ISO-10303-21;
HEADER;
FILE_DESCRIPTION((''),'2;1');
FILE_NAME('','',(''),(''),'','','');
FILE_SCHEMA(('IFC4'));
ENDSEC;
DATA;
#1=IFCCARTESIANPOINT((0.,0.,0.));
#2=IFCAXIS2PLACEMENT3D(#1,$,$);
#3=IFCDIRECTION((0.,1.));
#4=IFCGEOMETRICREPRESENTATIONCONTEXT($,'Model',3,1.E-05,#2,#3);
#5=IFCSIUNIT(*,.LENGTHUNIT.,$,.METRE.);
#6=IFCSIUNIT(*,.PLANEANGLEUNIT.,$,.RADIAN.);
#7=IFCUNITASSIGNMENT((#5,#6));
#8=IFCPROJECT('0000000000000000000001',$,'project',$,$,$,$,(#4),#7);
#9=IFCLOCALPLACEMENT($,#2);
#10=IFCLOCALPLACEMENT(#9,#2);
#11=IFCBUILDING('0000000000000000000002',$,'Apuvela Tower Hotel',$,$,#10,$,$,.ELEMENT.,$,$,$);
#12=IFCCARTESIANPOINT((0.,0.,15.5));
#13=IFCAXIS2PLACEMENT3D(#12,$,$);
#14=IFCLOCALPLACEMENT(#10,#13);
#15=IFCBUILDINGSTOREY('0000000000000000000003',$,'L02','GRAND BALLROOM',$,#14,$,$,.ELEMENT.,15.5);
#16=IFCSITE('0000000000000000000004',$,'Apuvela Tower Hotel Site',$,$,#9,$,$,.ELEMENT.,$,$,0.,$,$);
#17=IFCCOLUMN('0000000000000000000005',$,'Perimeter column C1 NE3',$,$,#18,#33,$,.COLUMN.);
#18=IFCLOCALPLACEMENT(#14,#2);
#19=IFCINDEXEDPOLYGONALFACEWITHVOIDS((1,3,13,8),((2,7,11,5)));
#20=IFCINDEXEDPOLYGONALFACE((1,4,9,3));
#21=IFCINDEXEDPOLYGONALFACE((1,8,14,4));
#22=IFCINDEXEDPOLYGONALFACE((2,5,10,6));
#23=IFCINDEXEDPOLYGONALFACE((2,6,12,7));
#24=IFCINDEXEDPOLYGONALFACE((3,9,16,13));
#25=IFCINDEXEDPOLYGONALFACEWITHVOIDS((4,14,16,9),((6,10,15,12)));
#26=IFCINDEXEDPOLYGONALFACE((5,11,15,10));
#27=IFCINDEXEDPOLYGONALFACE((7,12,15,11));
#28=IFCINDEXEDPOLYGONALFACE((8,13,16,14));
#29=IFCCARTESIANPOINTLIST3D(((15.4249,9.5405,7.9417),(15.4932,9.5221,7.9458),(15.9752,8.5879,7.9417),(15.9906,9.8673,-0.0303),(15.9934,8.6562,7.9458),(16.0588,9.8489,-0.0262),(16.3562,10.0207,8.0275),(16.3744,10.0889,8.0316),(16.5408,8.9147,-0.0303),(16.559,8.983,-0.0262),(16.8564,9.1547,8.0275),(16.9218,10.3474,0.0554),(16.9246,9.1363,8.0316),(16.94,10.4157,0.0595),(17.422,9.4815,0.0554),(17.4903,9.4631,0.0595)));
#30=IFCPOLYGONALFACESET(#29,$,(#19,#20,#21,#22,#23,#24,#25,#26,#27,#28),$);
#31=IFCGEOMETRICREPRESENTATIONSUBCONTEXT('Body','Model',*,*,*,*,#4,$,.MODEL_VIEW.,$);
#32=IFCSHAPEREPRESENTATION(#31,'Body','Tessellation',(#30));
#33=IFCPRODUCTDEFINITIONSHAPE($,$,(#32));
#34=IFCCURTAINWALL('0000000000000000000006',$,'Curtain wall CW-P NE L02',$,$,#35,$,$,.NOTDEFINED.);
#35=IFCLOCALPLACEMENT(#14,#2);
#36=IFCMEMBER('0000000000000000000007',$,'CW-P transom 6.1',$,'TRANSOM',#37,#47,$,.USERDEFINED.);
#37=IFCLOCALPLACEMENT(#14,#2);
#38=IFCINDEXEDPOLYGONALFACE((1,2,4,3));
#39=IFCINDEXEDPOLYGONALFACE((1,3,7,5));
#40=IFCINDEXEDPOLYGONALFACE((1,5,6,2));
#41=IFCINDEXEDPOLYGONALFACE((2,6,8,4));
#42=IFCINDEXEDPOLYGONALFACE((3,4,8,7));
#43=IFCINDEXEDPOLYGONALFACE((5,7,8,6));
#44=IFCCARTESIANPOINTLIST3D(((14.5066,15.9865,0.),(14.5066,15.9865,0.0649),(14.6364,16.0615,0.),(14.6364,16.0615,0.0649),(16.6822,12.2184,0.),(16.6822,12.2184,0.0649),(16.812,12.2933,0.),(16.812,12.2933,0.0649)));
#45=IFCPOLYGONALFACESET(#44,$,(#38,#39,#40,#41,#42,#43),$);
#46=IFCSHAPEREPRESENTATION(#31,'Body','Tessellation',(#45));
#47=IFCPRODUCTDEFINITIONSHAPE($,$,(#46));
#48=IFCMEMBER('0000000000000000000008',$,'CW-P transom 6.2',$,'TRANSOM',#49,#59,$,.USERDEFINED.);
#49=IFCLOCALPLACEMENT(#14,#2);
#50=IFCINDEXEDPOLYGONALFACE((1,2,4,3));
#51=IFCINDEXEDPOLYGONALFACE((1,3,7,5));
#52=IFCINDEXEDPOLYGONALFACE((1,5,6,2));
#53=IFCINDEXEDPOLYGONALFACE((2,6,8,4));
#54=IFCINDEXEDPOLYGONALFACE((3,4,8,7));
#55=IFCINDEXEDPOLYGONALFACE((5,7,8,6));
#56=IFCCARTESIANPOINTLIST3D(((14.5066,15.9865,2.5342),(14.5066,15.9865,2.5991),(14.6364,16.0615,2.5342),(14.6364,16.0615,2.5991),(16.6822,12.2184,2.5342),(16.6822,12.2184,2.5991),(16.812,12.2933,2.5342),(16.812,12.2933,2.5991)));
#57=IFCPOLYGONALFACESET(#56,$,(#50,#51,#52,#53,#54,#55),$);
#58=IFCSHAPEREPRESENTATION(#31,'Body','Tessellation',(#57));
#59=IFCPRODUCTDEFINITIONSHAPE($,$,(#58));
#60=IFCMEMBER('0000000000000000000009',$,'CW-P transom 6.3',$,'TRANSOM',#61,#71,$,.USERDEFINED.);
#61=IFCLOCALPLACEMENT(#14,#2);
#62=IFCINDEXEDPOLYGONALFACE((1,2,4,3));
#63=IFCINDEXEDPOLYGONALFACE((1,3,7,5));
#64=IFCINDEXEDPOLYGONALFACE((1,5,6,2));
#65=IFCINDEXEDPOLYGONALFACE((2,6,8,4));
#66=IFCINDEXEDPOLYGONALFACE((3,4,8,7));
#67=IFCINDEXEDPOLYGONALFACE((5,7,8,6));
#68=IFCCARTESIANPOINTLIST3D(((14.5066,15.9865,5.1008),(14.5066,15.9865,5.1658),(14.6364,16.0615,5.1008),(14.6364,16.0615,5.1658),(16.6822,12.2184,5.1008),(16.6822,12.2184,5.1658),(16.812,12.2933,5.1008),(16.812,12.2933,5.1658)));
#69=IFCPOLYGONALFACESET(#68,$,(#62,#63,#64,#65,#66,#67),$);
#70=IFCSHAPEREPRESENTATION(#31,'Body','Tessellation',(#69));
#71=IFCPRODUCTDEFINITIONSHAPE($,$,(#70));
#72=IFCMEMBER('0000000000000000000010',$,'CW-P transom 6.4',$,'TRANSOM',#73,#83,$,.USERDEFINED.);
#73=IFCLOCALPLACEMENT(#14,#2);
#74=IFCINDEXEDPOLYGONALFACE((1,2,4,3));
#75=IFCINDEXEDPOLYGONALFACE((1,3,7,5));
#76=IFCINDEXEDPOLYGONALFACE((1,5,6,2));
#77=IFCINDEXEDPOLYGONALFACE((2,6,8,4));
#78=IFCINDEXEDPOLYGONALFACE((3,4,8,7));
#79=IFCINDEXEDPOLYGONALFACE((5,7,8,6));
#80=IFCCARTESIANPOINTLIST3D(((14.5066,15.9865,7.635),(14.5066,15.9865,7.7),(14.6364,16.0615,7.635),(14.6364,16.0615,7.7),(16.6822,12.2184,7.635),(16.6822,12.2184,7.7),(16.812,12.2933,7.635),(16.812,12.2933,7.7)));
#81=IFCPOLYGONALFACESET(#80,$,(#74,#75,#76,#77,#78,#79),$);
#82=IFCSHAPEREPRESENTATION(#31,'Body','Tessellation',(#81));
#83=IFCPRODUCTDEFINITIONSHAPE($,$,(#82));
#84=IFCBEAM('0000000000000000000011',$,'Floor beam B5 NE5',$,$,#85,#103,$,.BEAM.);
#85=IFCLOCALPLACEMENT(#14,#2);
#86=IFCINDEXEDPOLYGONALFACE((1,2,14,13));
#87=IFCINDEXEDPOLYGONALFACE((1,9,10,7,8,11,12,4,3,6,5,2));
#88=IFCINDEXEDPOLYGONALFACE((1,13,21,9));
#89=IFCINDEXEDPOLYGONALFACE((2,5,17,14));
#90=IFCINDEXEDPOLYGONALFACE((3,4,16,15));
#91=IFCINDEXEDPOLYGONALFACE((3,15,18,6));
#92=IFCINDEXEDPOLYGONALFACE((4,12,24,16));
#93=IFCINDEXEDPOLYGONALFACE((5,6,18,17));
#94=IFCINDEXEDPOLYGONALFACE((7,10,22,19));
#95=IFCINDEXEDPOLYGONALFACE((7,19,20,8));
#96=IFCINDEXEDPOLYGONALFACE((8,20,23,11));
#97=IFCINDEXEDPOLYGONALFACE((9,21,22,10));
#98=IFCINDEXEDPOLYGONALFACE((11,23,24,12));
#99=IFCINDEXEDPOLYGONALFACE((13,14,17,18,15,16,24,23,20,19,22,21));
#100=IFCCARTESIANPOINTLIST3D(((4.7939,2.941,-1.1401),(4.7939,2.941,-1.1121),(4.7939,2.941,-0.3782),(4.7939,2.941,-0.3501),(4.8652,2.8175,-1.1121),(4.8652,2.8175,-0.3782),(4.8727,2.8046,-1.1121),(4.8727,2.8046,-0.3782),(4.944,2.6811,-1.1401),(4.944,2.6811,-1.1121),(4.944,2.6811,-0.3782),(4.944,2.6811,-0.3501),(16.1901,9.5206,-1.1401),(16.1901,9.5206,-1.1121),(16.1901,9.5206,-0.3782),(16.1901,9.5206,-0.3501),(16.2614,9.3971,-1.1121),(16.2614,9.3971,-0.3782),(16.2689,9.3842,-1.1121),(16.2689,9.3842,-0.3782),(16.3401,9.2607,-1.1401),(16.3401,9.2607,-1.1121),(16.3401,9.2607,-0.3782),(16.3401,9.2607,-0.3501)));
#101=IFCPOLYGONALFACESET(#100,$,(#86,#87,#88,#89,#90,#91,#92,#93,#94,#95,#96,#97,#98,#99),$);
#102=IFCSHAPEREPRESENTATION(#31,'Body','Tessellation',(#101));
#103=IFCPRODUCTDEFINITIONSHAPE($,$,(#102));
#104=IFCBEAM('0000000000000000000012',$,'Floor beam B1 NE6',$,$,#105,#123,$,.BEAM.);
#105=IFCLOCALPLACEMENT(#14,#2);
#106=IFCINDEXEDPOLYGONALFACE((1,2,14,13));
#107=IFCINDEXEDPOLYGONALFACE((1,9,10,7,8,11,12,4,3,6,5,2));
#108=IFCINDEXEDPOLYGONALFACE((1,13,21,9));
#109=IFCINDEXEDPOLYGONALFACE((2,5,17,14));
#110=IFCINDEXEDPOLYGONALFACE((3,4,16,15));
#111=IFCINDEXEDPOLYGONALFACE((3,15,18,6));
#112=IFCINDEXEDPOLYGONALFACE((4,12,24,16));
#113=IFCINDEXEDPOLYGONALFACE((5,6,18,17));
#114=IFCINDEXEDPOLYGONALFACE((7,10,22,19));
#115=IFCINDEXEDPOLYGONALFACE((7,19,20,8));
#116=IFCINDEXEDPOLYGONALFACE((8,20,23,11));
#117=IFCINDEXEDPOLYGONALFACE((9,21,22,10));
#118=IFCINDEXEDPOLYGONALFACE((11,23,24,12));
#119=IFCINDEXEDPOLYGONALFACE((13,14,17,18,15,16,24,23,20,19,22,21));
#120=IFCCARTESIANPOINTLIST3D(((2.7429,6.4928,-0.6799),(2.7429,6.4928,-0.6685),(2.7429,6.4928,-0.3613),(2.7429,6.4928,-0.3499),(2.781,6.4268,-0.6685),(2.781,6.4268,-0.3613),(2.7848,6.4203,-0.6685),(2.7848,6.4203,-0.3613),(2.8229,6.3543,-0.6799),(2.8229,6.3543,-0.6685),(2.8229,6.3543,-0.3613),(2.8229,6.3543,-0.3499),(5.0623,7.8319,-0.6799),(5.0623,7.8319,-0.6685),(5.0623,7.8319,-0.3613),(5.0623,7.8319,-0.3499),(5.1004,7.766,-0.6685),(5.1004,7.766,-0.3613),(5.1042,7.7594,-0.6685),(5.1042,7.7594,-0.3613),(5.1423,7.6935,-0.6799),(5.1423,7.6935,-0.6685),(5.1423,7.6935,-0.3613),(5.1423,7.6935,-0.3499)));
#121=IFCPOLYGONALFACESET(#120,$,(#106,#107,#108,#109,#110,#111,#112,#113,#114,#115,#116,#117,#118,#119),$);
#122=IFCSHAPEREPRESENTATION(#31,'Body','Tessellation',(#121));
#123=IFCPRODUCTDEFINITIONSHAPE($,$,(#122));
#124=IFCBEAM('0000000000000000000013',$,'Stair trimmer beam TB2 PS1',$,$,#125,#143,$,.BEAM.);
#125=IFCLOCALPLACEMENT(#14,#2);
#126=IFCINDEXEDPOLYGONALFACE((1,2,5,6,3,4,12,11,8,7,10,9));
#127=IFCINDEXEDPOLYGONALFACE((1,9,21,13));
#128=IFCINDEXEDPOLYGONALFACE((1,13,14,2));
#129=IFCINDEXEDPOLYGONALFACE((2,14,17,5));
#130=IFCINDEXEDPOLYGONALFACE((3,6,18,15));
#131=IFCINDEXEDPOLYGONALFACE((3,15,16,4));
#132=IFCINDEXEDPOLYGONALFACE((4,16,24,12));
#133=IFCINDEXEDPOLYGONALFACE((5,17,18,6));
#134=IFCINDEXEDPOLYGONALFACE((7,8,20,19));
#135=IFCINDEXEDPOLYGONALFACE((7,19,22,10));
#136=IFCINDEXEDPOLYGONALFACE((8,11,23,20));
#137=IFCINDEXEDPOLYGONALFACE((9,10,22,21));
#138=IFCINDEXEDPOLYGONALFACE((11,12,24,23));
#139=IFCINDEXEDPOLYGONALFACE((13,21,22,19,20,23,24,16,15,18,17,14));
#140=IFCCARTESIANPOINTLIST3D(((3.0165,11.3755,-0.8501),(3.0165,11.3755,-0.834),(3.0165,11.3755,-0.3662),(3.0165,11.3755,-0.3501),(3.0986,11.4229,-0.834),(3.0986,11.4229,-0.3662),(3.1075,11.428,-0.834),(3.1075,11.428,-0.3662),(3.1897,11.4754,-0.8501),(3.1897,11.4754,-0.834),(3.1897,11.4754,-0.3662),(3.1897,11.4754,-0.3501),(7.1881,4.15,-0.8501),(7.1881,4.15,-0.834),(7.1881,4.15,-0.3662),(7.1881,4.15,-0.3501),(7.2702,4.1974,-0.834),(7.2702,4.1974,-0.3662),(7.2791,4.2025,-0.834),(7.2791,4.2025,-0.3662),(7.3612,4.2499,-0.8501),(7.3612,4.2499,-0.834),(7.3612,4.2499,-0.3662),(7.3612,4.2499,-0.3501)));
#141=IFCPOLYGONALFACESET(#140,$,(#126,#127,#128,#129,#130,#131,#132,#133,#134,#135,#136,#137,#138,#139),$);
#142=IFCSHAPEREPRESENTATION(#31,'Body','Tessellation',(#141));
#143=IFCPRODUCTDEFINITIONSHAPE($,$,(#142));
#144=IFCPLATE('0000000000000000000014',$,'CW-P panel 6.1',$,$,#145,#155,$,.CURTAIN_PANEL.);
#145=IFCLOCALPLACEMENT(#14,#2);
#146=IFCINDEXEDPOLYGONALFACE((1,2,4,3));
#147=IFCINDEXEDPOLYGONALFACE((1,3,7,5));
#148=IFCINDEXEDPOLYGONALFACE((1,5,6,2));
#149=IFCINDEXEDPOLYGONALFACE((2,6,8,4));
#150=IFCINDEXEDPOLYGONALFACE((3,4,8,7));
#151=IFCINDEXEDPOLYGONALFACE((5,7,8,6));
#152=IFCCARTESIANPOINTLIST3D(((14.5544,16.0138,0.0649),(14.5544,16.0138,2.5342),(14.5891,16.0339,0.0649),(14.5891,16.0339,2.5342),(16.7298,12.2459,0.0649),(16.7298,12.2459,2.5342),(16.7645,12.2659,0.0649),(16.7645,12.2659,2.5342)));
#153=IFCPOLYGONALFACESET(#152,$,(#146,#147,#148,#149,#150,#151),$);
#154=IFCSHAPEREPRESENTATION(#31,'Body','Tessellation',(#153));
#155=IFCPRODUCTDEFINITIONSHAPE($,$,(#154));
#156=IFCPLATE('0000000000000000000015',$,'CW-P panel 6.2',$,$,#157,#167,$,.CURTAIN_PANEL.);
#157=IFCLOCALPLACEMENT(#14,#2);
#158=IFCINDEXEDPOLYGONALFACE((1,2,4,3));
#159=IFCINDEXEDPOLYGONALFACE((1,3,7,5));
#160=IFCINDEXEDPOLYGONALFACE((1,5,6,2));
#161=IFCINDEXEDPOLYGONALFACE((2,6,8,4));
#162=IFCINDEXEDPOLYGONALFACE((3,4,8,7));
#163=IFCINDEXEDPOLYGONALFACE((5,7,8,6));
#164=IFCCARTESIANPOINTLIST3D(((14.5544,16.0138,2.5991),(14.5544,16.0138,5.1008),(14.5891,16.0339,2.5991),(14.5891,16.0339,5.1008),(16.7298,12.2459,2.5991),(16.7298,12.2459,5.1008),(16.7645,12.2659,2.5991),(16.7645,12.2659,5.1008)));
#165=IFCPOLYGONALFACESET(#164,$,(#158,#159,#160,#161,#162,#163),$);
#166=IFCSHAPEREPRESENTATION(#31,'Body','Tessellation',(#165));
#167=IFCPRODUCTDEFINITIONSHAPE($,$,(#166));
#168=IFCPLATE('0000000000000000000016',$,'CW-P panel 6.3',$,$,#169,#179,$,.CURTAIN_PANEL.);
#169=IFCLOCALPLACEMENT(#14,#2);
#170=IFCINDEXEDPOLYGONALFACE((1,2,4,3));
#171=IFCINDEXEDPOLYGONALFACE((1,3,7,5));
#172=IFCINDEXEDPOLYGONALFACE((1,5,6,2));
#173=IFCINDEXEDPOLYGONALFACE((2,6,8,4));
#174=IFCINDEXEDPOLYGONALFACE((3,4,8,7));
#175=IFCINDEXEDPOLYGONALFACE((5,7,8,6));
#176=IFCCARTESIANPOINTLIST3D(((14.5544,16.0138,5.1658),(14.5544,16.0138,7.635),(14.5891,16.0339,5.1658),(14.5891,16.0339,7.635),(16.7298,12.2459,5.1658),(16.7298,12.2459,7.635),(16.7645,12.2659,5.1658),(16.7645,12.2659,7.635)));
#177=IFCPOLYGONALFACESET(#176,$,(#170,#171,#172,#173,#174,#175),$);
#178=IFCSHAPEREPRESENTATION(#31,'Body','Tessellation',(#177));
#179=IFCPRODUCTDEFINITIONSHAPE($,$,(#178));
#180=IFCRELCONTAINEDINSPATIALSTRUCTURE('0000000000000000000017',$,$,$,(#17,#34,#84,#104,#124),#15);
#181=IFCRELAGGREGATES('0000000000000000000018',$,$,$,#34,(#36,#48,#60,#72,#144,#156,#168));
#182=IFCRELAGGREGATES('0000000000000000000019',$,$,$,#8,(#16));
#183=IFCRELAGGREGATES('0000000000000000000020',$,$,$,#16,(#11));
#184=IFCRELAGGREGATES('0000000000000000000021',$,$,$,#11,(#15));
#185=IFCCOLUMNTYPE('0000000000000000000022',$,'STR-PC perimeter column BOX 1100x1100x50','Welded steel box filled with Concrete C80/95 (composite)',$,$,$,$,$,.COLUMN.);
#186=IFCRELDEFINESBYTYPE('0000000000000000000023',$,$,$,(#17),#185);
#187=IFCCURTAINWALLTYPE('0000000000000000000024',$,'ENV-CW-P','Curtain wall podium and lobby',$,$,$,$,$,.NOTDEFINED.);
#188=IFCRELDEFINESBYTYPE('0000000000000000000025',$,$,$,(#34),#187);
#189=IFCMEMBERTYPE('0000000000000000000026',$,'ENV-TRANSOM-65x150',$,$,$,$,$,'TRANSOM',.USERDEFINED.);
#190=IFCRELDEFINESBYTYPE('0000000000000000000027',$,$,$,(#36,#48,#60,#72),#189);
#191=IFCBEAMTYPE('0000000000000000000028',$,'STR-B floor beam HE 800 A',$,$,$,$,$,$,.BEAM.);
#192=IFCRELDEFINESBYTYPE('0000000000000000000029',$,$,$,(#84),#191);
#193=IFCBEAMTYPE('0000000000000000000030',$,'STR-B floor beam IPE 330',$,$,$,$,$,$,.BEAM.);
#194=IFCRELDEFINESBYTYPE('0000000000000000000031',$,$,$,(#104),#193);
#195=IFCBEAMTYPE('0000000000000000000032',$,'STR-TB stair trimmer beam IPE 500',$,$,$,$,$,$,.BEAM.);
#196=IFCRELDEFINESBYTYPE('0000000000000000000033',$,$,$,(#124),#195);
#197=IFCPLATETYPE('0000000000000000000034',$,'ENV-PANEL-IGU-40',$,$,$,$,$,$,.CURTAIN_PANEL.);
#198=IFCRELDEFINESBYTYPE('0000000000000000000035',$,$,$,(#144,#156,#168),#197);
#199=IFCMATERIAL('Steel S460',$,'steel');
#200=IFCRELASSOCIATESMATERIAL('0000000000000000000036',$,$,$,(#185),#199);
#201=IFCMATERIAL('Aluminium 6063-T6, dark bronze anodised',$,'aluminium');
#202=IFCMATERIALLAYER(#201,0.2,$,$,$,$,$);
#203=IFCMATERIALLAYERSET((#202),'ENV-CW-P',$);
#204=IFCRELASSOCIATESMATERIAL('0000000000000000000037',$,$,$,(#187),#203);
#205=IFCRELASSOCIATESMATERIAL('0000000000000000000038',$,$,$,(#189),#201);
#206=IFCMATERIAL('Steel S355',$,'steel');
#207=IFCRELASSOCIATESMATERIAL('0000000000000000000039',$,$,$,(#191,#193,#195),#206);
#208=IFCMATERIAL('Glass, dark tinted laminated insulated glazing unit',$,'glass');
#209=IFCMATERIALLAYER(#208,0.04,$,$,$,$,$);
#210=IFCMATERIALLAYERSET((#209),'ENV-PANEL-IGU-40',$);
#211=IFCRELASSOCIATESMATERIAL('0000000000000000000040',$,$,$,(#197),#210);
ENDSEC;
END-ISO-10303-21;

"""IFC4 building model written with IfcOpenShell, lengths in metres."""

from ifc_helpers import new_model, si_unit, direction, frame, origin, origin_2d, place, context, subcontext, project, spatial, rectangle, hollow_rectangle, i_section, extrude, boolean, halfspace, material, layer, layer_set, material_profile, profile_set, type_object, element, aggregate, save


model = new_model("IFC4")

# Units and contexts
model_context = context("Model", 3, precision=1e-05, world=origin(), true_north=direction((0.0, 1.0)))
body_context = subcontext(model_context, "Body", "Model", "MODEL_VIEW")
ifc_project = project(units=[si_unit("LENGTHUNIT", "METRE"), si_unit("PLANEANGLEUNIT", "RADIAN")], contexts=[model_context])

# Site, building, storey
site_placement = place(None, origin())
site = spatial("IfcSite", under=ifc_project, at=site_placement, Name="Apuvela Tower Hotel Site", CompositionType="ELEMENT", RefElevation=0.0)
building_placement = place(site_placement, origin())
building = spatial("IfcBuilding", under=site, at=building_placement, Name="Apuvela Tower Hotel", CompositionType="ELEMENT")
storey_placement = place(building_placement, frame((0.0, 0.0, 15.5)))
storey = spatial("IfcBuildingStorey", under=building, at=storey_placement, Name="L02", Description="GRAND BALLROOM", CompositionType="ELEMENT", Elevation=15.5)

# Column
ifc_material_1 = material(Name="Steel S460", Category="steel")
ifc_material_profile_1 = material_profile(ifc_material_1, hollow_rectangle(XDim=1.1001, YDim=1.1001, WallThickness=0.05, at=origin_2d()), Name="BOX 1100x1100x50")
ifc_material_2 = material(Name="Concrete C80/95", Category="concrete")
ifc_material_profile_2 = material_profile(ifc_material_2, rectangle(XDim=1.0, YDim=1.0, at=origin_2d()), Name="Concrete C80/95 infill")
ifc_profile_set_1 = profile_set([ifc_material_profile_1, ifc_material_profile_2], Name="Steel S460")
column_type = type_object("IfcColumnType", Name="STR-PC perimeter column BOX 1100x1100x50", Description="Welded steel box filled with Concrete C80/95 (composite)", PredefinedType="COLUMN", material=ifc_profile_set_1)
column_placement = place(storey_placement, frame((16.7415, 9.6658, 0.0), z_axis=(-0.070716, -0.040848, 0.99666), x_axis=(0.500185, -0.865919, 0.0)))
element("IfcColumn", 1, at=column_placement, inside=storey, type_object=column_type, Name="Perimeter column C1 NE3", PredefinedType="COLUMN", context=body_context, shape_type="SweptSolid", body=[
    boolean("DIFFERENCE", boolean("DIFFERENCE", extrude(hollow_rectangle(XDim=1.1001, YDim=1.1001, WallThickness=0.05, at=origin_2d()), origin(), (0.0, 0.0, 1.0), 8.0269), halfspace(frame((0.0, 0.0, 0.0146), z_axis=(0.0, 0.0, 1.0), x_axis=(1.0, 0.0, 0.0)), True)), halfspace(frame((0.0, 0.0, 8.0134), z_axis=(0.0, 0.0, 1.0), x_axis=(1.0, 0.0, 0.0)), False)),
])

# Curtain wall, members
ifc_material_3 = material(Name="Aluminium 6063-T6, dark bronze anodised", Category="aluminium")
ifc_layer_1 = layer(ifc_material_3, 0.2)
ifc_layer_set_1 = layer_set([ifc_layer_1], Name="ENV-CW-P")
curtain_wall_type = type_object("IfcCurtainWallType", Name="ENV-CW-P", Description="Curtain wall podium and lobby", PredefinedType="NOTDEFINED", material=ifc_layer_set_1)
curtain_wall_placement = place(storey_placement, origin())
curtain_wall = element("IfcCurtainWall", 2, at=curtain_wall_placement, inside=storey, type_object=curtain_wall_type, Name="Curtain wall CW-P NE L02", PredefinedType="NOTDEFINED")
ifc_material_profile_3 = material_profile(ifc_material_3, rectangle(XDim=0.1499, YDim=0.0649, at=origin_2d()), Name="AL 65x150 transom")
ifc_profile_set_2 = profile_set([ifc_material_profile_3], Name="Aluminium 6063-T6, dark bronze anodised")
member_type = type_object("IfcMemberType", Name="ENV-TRANSOM-65x150", ElementType="TRANSOM", PredefinedType="USERDEFINED", material=ifc_profile_set_2)
member_1_placement = place(storey_placement, frame((16.7471, 12.2559, 0.0325), z_axis=(-0.500007, 0.866021, 0.0), x_axis=(-0.866021, -0.500007, 0.0)))
member_1 = element("IfcMember", 3, at=member_1_placement, type_object=member_type, Name="CW-P transom 6.1", ObjectType="TRANSOM", PredefinedType="USERDEFINED", context=body_context, shape_type="SweptSolid", body=[
    extrude(rectangle(XDim=0.1499, YDim=0.0649, at=origin_2d()), origin(), (0.0, 0.0, 1.0), 4.3511),
])
member_2_placement = place(storey_placement, frame((16.7471, 12.2559, 2.5667), z_axis=(-0.500007, 0.866021, 0.0), x_axis=(-0.866021, -0.500007, 0.0)))
member_2 = element("IfcMember", 4, at=member_2_placement, type_object=member_type, Name="CW-P transom 6.2", ObjectType="TRANSOM", PredefinedType="USERDEFINED", context=body_context, shape_type="SweptSolid", body=[
    extrude(rectangle(XDim=0.1499, YDim=0.0649, at=origin_2d()), origin(), (0.0, 0.0, 1.0), 4.3511),
])
member_3_placement = place(storey_placement, frame((16.7471, 12.2559, 5.1333), z_axis=(-0.500007, 0.866021, 0.0), x_axis=(-0.866021, -0.500007, 0.0)))
member_3 = element("IfcMember", 5, at=member_3_placement, type_object=member_type, Name="CW-P transom 6.3", ObjectType="TRANSOM", PredefinedType="USERDEFINED", context=body_context, shape_type="SweptSolid", body=[
    extrude(rectangle(XDim=0.1499, YDim=0.0649, at=origin_2d()), origin(), (0.0, 0.0, 1.0), 4.3511),
])
member_4_placement = place(storey_placement, frame((16.7471, 12.2559, 7.6675), z_axis=(-0.500007, 0.866021, 0.0), x_axis=(-0.866021, -0.500007, 0.0)))
member_4 = element("IfcMember", 6, at=member_4_placement, type_object=member_type, Name="CW-P transom 6.4", ObjectType="TRANSOM", PredefinedType="USERDEFINED", context=body_context, shape_type="SweptSolid", body=[
    extrude(rectangle(XDim=0.1499, YDim=0.0649, at=origin_2d()), origin(), (0.0, 0.0, 1.0), 4.3511),
])

# Beams
ifc_material_4 = material(Name="Steel S355", Category="steel")
ifc_material_profile_4 = material_profile(ifc_material_4, i_section(OverallWidth=0.3, OverallDepth=0.79, WebThickness=0.0149, FlangeThickness=0.0281, at=origin_2d()), Name="HE 800 A")
ifc_profile_set_3 = profile_set([ifc_material_profile_4], Name="Steel S355")
beam_type_1 = type_object("IfcBeamType", Name="STR-B floor beam HE 800 A", PredefinedType="BEAM", material=ifc_profile_set_3)
beam_1_placement = place(storey_placement, frame((16.2651, 9.3906, -0.7451), z_axis=(-0.866026, -0.499998, 0.0), x_axis=(0.499998, -0.866026, 0.0)))
element("IfcBeam", 7, at=beam_1_placement, inside=storey, type_object=beam_type_1, Name="Floor beam B5 NE5", PredefinedType="BEAM", context=body_context, shape_type="SweptSolid", body=[
    extrude(i_section(OverallWidth=0.3, OverallDepth=0.79, WebThickness=0.0149, FlangeThickness=0.0281, at=origin_2d()), origin(), (0.0, 0.0, 1.0), 13.1592),
])
ifc_material_profile_5 = material_profile(ifc_material_4, i_section(OverallWidth=0.1599, OverallDepth=0.3301, WebThickness=0.0076, FlangeThickness=0.0115, at=origin_2d()), Name="IPE 330")
ifc_profile_set_4 = profile_set([ifc_material_profile_5], Name="Steel S355")
beam_type_2 = type_object("IfcBeamType", Name="STR-B floor beam IPE 330", PredefinedType="BEAM", material=ifc_profile_set_4)
beam_2_placement = place(storey_placement, frame((5.1023, 7.7627, -0.5149), z_axis=(-0.866019, -0.500012, 0.0), x_axis=(0.500012, -0.866019, 0.0)))
element("IfcBeam", 8, at=beam_2_placement, inside=storey, type_object=beam_type_2, Name="Floor beam B1 NE6", PredefinedType="BEAM", context=body_context, shape_type="SweptSolid", body=[
    extrude(i_section(OverallWidth=0.1599, OverallDepth=0.3301, WebThickness=0.0076, FlangeThickness=0.0115, at=origin_2d()), origin(), (0.0, 0.0, 1.0), 2.6782),
])
ifc_material_profile_6 = material_profile(ifc_material_4, i_section(OverallWidth=0.2, OverallDepth=0.5, WebThickness=0.0103, FlangeThickness=0.0161, at=origin_2d()), Name="IPE 500")
ifc_profile_set_5 = profile_set([ifc_material_profile_6], Name="Steel S355")
beam_type_3 = type_object("IfcBeamType", Name="STR-TB stair trimmer beam IPE 500", PredefinedType="BEAM", material=ifc_profile_set_5)
beam_3_placement = place(storey_placement, frame((7.2747, 4.2, -0.6001), z_axis=(-0.499994, 0.866029, 0.0), x_axis=(-0.866029, -0.499994, 0.0)))
element("IfcBeam", 9, at=beam_3_placement, inside=storey, type_object=beam_type_3, Name="Stair trimmer beam TB2 PS1", PredefinedType="BEAM", context=body_context, shape_type="SweptSolid", body=[
    extrude(i_section(OverallWidth=0.2, OverallDepth=0.5, WebThickness=0.0103, FlangeThickness=0.0161, at=origin_2d()), origin(), (0.0, 0.0, 1.0), 8.3433),
])

# Plates
ifc_material_5 = material(Name="Glass, dark tinted laminated insulated glazing unit", Category="glass")
ifc_layer_2 = layer(ifc_material_5, 0.04)
ifc_layer_set_2 = layer_set([ifc_layer_2], Name="ENV-PANEL-IGU-40")
plate_type = type_object("IfcPlateType", Name="ENV-PANEL-IGU-40", PredefinedType="CURTAIN_PANEL", material=ifc_layer_set_2)
plate_1_placement = place(storey_placement, frame((15.6594, 14.1399, 0.0649), z_axis=(0.0, 0.0, 1.0), x_axis=(-0.500001, 0.866025, 0.0)))
plate_1 = element("IfcPlate", 10, at=plate_1_placement, type_object=plate_type, Name="CW-P panel 6.1", PredefinedType="CURTAIN_PANEL", context=body_context, shape_type="SweptSolid", body=[
    extrude(rectangle(XDim=4.3508, YDim=0.04, at=origin_2d()), origin(), (0.0, 0.0, 1.0), 2.4692),
])
plate_2_placement = place(storey_placement, frame((15.6594, 14.1399, 2.5991), z_axis=(0.0, 0.0, 1.0), x_axis=(-0.500001, 0.866025, 0.0)))
plate_2 = element("IfcPlate", 11, at=plate_2_placement, type_object=plate_type, Name="CW-P panel 6.2", PredefinedType="CURTAIN_PANEL", context=body_context, shape_type="SweptSolid", body=[
    extrude(rectangle(XDim=4.3508, YDim=0.04, at=origin_2d()), origin(), (0.0, 0.0, 1.0), 2.5017),
])
plate_3_placement = place(storey_placement, frame((15.6594, 14.1399, 5.1658), z_axis=(0.0, 0.0, 1.0), x_axis=(-0.500001, 0.866025, 0.0)))
plate_3 = element("IfcPlate", 12, at=plate_3_placement, type_object=plate_type, Name="CW-P panel 6.3", PredefinedType="CURTAIN_PANEL", context=body_context, shape_type="SweptSolid", body=[
    extrude(rectangle(XDim=4.3508, YDim=0.04, at=origin_2d()), origin(), (0.0, 0.0, 1.0), 2.4692),
])
aggregate(curtain_wall, [member_1, member_2, member_3, member_4, plate_1, plate_2, plate_3])

save(model, "model.ifc")
